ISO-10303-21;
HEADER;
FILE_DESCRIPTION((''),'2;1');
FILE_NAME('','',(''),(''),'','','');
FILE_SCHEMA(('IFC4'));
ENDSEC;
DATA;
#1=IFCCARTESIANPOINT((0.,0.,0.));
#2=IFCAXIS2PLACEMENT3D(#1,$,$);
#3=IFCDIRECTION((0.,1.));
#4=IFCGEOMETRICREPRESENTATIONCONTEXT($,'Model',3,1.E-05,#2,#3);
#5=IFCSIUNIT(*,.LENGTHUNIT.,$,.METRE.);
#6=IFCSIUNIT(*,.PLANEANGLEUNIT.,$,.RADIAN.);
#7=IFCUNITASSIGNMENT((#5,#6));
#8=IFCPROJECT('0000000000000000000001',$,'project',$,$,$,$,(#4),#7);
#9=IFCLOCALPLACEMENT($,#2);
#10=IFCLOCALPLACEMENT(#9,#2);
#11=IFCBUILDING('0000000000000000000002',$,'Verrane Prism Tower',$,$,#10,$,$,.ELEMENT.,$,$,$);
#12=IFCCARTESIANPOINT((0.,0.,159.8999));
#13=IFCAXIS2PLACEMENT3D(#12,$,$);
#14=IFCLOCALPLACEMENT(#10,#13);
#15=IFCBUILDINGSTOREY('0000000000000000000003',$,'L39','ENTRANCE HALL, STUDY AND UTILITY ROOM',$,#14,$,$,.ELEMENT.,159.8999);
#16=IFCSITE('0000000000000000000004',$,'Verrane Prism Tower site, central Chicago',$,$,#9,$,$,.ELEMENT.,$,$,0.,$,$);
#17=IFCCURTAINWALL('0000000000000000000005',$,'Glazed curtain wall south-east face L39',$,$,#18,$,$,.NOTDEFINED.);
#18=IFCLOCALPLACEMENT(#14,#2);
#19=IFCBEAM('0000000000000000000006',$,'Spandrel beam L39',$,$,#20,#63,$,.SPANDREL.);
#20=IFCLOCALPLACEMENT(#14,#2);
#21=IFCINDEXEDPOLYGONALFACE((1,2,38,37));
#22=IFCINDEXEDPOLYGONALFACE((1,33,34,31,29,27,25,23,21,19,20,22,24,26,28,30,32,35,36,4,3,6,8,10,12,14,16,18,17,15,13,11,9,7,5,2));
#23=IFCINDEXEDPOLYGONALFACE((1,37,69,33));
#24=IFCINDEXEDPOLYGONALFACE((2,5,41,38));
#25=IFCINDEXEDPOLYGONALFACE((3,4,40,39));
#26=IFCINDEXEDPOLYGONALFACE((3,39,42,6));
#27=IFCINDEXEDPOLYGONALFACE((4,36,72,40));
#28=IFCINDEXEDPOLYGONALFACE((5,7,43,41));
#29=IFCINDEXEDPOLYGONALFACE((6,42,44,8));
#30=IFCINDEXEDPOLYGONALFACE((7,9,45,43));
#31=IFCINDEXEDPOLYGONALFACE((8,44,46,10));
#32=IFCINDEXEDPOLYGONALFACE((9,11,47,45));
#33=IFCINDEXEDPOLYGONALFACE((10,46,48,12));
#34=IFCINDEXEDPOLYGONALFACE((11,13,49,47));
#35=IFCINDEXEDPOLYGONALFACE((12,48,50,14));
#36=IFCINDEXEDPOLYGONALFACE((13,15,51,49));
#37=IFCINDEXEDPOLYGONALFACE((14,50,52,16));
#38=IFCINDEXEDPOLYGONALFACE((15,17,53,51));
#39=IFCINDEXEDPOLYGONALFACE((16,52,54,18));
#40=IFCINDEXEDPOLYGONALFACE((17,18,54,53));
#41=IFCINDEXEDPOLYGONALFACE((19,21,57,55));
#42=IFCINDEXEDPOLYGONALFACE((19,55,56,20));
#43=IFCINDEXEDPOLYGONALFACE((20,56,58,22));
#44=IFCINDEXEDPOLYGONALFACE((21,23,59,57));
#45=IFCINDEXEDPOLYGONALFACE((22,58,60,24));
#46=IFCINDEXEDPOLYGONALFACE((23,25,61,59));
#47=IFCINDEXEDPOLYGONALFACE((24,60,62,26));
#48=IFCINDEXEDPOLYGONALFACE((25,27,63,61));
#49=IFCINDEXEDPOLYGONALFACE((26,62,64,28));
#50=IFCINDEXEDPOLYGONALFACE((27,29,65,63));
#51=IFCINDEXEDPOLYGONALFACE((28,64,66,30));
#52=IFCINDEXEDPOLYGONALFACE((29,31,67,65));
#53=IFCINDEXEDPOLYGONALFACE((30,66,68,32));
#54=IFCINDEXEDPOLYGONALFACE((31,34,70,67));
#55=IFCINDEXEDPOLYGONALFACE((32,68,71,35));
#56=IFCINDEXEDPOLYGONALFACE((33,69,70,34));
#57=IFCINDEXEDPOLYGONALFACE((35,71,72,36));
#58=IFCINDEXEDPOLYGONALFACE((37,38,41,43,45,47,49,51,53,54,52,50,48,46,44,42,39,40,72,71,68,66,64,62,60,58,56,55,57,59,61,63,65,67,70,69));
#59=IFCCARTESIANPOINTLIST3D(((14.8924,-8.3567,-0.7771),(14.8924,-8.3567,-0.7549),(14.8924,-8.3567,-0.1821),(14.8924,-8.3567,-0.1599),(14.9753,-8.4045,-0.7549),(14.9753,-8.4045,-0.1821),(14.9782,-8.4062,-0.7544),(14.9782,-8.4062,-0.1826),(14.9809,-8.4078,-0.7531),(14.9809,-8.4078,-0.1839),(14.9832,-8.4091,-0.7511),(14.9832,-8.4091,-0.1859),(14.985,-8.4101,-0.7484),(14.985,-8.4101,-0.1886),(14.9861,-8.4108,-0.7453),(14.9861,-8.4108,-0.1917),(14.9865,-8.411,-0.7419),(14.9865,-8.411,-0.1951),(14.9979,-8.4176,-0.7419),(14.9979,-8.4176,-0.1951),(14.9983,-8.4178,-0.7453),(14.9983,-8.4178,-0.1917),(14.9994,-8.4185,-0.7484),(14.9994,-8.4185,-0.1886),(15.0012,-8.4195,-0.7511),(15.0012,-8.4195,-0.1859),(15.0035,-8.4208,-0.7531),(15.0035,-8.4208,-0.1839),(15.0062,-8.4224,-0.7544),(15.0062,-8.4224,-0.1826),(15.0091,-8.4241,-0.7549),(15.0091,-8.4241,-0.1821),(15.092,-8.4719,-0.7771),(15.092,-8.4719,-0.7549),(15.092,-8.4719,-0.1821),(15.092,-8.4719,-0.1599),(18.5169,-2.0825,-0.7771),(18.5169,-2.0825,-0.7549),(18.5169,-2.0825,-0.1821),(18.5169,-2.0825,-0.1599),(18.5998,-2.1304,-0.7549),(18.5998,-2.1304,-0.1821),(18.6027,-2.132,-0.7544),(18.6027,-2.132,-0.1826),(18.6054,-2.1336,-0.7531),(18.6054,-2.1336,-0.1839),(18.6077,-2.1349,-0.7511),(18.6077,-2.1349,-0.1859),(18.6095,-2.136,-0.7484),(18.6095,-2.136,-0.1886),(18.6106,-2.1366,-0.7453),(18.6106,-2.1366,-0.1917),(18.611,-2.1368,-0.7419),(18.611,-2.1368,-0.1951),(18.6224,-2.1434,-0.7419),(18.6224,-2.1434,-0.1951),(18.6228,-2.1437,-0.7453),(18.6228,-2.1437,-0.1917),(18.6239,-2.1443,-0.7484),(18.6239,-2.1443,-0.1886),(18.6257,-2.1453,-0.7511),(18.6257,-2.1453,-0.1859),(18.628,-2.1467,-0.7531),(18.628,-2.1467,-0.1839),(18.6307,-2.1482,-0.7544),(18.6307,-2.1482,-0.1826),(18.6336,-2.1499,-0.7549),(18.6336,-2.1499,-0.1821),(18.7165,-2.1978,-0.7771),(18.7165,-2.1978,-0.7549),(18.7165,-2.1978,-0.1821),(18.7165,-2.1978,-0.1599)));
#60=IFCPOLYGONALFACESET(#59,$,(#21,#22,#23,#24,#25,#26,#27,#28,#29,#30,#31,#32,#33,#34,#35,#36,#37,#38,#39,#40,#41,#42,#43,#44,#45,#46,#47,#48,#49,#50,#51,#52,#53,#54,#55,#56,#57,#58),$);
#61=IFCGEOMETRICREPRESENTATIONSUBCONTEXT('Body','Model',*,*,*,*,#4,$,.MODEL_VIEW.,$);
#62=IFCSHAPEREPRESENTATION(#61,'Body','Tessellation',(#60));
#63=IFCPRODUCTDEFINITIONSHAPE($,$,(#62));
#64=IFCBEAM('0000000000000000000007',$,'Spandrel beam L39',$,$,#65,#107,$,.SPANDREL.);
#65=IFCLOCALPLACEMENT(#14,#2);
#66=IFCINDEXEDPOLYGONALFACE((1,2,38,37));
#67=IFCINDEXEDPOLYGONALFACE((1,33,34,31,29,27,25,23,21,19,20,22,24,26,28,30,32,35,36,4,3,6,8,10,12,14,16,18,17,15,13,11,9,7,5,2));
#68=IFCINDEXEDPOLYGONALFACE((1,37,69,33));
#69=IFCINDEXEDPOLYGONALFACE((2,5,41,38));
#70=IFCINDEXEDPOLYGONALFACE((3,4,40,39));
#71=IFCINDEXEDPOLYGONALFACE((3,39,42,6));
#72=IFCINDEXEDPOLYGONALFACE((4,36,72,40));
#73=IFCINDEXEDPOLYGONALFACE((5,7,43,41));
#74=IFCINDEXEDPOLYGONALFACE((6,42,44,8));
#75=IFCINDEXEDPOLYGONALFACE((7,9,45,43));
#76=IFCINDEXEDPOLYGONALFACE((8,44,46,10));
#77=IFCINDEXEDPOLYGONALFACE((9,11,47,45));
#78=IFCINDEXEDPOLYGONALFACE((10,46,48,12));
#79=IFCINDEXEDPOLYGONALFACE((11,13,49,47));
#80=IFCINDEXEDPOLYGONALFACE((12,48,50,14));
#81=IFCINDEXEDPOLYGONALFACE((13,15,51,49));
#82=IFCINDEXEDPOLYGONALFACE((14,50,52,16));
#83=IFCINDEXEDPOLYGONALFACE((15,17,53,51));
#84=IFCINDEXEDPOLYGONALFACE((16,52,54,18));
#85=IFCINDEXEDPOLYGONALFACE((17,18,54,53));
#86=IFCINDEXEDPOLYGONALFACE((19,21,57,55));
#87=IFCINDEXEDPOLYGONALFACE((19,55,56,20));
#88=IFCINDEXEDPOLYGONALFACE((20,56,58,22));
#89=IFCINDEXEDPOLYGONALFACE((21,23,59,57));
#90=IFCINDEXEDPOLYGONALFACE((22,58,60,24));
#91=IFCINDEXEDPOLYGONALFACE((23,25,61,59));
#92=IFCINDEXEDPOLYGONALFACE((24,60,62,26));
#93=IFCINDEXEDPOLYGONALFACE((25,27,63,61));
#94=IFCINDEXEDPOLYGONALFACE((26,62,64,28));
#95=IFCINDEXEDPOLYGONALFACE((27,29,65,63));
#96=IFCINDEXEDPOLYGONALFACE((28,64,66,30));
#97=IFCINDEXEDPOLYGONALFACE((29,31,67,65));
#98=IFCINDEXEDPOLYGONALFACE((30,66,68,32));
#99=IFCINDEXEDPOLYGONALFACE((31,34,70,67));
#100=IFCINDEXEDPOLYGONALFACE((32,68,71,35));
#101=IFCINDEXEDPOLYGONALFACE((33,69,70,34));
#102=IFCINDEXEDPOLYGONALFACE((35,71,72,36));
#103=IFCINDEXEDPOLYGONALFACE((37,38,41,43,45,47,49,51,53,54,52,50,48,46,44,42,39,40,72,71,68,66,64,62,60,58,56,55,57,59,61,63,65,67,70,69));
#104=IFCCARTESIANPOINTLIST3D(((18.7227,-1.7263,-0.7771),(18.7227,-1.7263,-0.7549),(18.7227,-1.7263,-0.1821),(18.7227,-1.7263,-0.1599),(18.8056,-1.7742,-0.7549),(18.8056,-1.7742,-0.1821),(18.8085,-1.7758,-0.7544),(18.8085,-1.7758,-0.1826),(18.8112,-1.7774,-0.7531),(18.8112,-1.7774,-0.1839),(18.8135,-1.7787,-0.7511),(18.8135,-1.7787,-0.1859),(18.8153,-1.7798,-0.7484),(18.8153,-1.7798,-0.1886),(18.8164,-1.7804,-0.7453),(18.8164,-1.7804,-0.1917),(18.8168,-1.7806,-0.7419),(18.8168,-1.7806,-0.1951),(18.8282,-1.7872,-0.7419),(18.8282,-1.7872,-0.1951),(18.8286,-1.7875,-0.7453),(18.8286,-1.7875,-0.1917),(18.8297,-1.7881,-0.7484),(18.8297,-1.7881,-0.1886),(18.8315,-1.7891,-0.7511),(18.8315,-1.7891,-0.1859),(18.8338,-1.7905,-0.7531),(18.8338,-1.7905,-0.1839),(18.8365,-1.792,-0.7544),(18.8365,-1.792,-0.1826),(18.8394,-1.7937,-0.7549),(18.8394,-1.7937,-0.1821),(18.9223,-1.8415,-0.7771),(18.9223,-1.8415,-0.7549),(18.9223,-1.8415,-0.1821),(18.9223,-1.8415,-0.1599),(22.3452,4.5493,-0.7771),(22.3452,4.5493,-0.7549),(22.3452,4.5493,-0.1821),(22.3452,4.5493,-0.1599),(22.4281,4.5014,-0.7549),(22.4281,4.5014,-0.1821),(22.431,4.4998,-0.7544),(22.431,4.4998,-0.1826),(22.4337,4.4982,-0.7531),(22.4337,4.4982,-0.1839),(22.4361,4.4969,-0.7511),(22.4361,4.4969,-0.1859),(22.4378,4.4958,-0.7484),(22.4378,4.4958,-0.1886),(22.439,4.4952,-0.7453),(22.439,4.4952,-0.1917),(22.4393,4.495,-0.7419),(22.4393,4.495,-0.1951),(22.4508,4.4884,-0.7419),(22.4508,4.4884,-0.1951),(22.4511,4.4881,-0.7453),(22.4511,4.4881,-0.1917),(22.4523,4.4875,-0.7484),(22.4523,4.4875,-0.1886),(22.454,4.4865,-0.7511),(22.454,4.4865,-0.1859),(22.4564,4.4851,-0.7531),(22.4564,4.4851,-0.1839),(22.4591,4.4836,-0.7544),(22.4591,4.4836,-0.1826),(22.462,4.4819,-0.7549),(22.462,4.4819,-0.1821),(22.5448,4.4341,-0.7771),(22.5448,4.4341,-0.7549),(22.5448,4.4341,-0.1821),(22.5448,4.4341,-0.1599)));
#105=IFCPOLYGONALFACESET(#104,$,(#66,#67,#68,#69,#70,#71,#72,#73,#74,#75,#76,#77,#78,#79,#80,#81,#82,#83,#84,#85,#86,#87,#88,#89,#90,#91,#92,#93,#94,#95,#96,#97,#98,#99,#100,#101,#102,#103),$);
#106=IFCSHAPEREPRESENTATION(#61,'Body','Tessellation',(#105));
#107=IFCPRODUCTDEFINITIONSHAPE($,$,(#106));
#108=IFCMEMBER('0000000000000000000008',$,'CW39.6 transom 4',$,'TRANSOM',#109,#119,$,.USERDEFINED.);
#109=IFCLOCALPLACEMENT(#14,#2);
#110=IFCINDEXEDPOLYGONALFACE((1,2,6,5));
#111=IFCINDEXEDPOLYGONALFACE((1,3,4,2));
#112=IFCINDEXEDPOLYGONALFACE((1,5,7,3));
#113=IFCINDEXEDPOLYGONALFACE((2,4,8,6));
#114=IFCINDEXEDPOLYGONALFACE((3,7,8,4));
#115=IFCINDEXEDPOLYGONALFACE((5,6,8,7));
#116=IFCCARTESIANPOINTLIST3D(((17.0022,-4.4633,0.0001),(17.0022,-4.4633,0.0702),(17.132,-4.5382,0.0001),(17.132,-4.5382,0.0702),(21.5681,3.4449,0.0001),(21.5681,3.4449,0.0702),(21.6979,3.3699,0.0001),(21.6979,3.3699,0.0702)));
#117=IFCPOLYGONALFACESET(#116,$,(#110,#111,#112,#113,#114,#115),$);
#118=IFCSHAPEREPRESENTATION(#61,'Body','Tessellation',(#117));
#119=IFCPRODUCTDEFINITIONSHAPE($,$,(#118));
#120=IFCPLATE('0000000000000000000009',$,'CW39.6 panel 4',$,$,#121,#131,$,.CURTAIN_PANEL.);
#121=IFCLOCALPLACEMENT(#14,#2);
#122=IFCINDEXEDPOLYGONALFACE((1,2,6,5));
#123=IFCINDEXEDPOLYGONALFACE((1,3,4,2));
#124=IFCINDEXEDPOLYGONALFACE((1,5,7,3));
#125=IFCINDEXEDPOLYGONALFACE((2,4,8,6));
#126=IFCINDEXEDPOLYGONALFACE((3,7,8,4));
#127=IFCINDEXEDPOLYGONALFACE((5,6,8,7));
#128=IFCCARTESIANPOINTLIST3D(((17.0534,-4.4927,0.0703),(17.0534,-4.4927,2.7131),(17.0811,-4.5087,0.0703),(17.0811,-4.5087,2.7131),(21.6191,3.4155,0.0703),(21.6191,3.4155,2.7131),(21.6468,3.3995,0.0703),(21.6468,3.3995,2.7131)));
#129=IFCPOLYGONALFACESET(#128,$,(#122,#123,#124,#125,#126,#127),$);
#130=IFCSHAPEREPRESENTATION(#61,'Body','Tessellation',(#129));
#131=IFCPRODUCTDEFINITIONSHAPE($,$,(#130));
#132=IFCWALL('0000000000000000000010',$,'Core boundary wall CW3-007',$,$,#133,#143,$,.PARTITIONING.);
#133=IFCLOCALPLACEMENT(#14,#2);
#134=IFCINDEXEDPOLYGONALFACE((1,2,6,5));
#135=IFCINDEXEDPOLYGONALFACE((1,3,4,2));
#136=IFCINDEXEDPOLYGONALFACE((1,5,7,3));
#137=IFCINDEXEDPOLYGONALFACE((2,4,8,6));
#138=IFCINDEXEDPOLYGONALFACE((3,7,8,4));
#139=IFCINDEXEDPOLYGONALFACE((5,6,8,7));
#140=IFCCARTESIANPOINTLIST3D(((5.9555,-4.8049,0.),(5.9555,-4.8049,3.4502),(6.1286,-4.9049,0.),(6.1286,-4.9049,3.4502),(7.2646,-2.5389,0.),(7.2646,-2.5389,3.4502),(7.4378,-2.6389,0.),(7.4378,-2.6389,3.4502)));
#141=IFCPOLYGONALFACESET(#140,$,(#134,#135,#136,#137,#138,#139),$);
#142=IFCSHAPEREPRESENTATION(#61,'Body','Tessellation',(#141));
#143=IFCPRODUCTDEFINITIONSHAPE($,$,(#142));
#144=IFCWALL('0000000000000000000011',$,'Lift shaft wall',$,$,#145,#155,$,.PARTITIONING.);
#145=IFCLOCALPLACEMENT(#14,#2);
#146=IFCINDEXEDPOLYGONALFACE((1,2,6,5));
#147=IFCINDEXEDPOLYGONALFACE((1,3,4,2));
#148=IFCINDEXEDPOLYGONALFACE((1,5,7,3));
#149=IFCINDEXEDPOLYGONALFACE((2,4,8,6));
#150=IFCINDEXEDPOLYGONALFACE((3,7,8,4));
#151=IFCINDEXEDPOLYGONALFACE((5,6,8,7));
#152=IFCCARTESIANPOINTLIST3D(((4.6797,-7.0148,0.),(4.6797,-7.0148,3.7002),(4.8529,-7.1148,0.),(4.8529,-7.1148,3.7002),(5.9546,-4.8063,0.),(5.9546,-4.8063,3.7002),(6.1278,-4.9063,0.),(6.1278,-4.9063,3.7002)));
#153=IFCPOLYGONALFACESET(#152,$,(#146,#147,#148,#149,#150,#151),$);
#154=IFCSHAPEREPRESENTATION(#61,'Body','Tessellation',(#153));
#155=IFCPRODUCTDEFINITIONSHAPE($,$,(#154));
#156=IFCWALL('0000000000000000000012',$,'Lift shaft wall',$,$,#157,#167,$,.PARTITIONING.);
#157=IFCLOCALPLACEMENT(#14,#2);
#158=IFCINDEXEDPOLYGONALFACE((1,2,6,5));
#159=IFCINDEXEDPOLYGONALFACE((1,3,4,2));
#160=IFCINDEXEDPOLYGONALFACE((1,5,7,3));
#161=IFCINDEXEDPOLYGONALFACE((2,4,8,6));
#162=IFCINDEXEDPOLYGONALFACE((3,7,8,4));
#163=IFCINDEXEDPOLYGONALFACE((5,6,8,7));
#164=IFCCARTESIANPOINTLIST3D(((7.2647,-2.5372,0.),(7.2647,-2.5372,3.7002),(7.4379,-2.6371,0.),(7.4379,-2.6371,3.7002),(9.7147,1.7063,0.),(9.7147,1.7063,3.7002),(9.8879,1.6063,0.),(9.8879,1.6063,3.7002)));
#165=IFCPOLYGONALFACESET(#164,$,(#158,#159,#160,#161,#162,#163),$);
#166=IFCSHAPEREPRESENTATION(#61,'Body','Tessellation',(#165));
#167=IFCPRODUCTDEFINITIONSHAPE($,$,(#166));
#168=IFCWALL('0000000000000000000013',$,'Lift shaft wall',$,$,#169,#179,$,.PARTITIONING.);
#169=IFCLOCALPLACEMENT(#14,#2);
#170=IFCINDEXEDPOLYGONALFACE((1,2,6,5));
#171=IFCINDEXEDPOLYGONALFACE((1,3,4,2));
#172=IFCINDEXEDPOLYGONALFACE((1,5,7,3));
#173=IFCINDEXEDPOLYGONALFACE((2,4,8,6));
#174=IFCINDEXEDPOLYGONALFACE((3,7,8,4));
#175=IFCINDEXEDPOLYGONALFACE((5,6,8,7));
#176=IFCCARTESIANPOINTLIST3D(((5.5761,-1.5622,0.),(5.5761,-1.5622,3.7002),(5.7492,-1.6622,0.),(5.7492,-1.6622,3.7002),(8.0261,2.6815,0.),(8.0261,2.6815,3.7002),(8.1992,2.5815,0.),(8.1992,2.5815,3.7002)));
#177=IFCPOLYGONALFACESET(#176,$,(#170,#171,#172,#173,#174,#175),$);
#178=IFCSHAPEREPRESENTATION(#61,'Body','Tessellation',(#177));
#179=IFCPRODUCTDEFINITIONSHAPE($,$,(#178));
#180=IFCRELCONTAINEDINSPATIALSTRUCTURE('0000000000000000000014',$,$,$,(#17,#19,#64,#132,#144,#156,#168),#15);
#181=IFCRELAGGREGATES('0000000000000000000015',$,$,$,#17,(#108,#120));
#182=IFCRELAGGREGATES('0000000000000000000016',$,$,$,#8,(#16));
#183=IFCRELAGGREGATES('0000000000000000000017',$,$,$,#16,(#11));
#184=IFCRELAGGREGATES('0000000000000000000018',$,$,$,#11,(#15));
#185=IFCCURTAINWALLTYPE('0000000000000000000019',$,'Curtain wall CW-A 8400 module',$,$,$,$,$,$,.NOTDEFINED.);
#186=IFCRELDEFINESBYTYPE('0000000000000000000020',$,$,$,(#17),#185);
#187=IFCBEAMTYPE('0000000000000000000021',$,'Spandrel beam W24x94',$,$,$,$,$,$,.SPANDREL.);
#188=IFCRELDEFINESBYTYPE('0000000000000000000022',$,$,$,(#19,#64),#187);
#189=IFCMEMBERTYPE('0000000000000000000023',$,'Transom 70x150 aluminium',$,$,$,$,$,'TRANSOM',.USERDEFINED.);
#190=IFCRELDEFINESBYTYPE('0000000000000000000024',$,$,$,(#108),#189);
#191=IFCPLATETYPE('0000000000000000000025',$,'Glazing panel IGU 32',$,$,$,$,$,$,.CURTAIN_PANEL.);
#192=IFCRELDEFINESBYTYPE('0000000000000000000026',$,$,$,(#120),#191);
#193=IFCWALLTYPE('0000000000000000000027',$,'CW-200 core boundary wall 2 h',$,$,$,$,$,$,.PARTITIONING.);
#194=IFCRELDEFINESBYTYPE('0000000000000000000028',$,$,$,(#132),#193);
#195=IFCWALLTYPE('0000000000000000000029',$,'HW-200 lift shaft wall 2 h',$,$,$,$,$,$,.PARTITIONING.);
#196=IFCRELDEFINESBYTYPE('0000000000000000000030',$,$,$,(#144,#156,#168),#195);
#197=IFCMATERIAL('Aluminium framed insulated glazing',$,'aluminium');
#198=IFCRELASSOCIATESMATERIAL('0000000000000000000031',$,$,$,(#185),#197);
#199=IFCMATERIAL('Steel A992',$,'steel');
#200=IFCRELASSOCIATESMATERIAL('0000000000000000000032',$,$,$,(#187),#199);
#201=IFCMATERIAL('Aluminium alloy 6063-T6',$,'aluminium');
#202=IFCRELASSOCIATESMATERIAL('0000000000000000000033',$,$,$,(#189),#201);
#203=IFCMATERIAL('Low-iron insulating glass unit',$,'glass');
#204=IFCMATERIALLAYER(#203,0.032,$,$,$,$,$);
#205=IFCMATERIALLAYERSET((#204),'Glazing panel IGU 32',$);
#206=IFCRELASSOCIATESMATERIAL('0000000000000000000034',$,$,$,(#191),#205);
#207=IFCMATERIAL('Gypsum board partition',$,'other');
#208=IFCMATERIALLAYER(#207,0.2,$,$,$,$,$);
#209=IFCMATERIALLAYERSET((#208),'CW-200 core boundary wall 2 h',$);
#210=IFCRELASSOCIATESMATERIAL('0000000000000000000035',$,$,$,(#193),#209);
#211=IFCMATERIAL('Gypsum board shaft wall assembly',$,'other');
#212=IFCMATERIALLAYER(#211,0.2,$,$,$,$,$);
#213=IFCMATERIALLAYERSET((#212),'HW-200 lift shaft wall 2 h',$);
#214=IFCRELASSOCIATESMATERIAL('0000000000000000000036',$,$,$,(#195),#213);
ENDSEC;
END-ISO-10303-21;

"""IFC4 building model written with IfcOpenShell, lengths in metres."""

from ifc_helpers import new_model, si_unit, direction, frame, frame_2d, origin, origin_2d, place, context, subcontext, project, spatial, rectangle, i_section, extrude, material, layer, layer_set, material_profile, profile_set, type_object, element, aggregate, save


model = new_model("IFC4")

# Units and contexts
model_context = context("Model", 3, precision=1e-05, world=origin(), true_north=direction((0.0, 1.0)))
body_context = subcontext(model_context, "Body", "Model", "MODEL_VIEW")
ifc_project = project(units=[si_unit("LENGTHUNIT", "METRE"), si_unit("PLANEANGLEUNIT", "RADIAN")], contexts=[model_context])

# Site, building, storey
site_placement = place(None, origin())
site = spatial("IfcSite", under=ifc_project, at=site_placement, Name="Verrane Prism Tower site, central Chicago", CompositionType="ELEMENT", RefElevation=0.0)
building_placement = place(site_placement, origin())
building = spatial("IfcBuilding", under=site, at=building_placement, Name="Verrane Prism Tower", CompositionType="ELEMENT")
storey_placement = place(building_placement, frame((0.0, 0.0, 159.8999)))
storey = spatial("IfcBuildingStorey", under=building, at=storey_placement, Name="L39", Description="ENTRANCE HALL, STUDY AND UTILITY ROOM", CompositionType="ELEMENT", Elevation=159.8999)

# Curtain wall
ifc_material_1 = material(Name="Aluminium framed insulated glazing", Category="aluminium")
curtain_wall_type = type_object("IfcCurtainWallType", Name="Curtain wall CW-A 8400 module", PredefinedType="NOTDEFINED", material=ifc_material_1)
curtain_wall_placement = place(storey_placement, origin())
curtain_wall = element("IfcCurtainWall", 1, at=curtain_wall_placement, inside=storey, type_object=curtain_wall_type, Name="Glazed curtain wall south-east face L39", PredefinedType="NOTDEFINED")

# Beams
ifc_material_2 = material(Name="Steel A992", Category="steel")
ifc_material_profile_1 = material_profile(ifc_material_2, i_section(OverallWidth=0.2305, OverallDepth=0.6172, WebThickness=0.0132, FlangeThickness=0.0222, FilletRadius=0.0129, at=origin_2d()), Name="W24x94")
ifc_profile_set_1 = profile_set([ifc_material_profile_1], Name="Steel A992")
beam_type_1 = type_object("IfcBeamType", Name="Spandrel beam W24x94", PredefinedType="SPANDREL", material=ifc_profile_set_1)
beam_1_placement = place(storey_placement, frame((14.9922, -8.4143, -0.4685), z_axis=(0.500219, 0.865899, 0.0), x_axis=(-0.865899, 0.500219, 0.0)))
element("IfcBeam", 2, at=beam_1_placement, inside=storey, type_object=beam_type_1, Name="Spandrel beam L39", PredefinedType="SPANDREL", context=body_context, shape_type="SweptSolid", body=[
    extrude(i_section(OverallWidth=0.2305, OverallDepth=0.6172, WebThickness=0.0132, FlangeThickness=0.0222, FilletRadius=0.0129, at=origin_2d()), origin(), (0.0, 0.0, 1.0), 7.2458),
])
beam_2_placement = place(storey_placement, frame((18.8225, -1.7839, -0.4685), z_axis=(0.49993, 0.866066, 0.0), x_axis=(-0.866066, 0.49993, 0.0)))
element("IfcBeam", 3, at=beam_2_placement, inside=storey, type_object=beam_type_1, Name="Spandrel beam L39", PredefinedType="SPANDREL", context=body_context, shape_type="SweptSolid", body=[
    extrude(i_section(OverallWidth=0.2305, OverallDepth=0.6172, WebThickness=0.0132, FlangeThickness=0.0222, FilletRadius=0.0129, at=origin_2d()), origin(), (0.0, 0.0, 1.0), 7.2461),
])

# Member
ifc_material_3 = material(Name="Aluminium alloy 6063-T6", Category="aluminium")
ifc_material_profile_2 = material_profile(ifc_material_3, rectangle(XDim=0.1499, YDim=0.0701, at=origin_2d()), Name="Transom 70x150 aluminium")
ifc_profile_set_2 = profile_set([ifc_material_profile_2], Name="Aluminium alloy 6063-T6")
member_type_1 = type_object("IfcMemberType", Name="Transom 70x150 aluminium", ElementType="TRANSOM", PredefinedType="USERDEFINED", material=ifc_profile_set_2)
member_1_placement = place(storey_placement, frame((17.0671, -4.5007, 0.0352), z_axis=(0.500009, 0.86602, 0.0), x_axis=(-0.86602, 0.500009, 0.0)))
member_1 = element("IfcMember", 4, at=member_1_placement, type_object=member_type_1, Name="CW39.6 transom 4", ObjectType="TRANSOM", PredefinedType="USERDEFINED", context=body_context, shape_type="SweptSolid", body=[
    extrude(rectangle(XDim=0.1499, YDim=0.0701, at=origin_2d()), origin(), (0.0, 0.0, 1.0), 9.1316),
])

# Plate
ifc_material_4 = material(Name="Low-iron insulating glass unit", Category="glass")
ifc_layer_1 = layer(ifc_material_4, 0.032)
ifc_layer_set_1 = layer_set([ifc_layer_1], Name="Glazing panel IGU 32")
plate_type = type_object("IfcPlateType", Name="Glazing panel IGU 32", PredefinedType="CURTAIN_PANEL", material=ifc_layer_set_1)
plate_placement = place(storey_placement, frame((19.3501, -0.5466, 0.0703), z_axis=(0.0, 0.0, 1.0), x_axis=(0.499999, 0.866026, 0.0)))
plate = element("IfcPlate", 5, at=plate_placement, type_object=plate_type, Name="CW39.6 panel 4", PredefinedType="CURTAIN_PANEL", context=body_context, shape_type="SweptSolid", body=[
    extrude(rectangle(XDim=9.1316, YDim=0.032, at=origin_2d()), origin(), (0.0, 0.0, 1.0), 2.6428),
])
aggregate(curtain_wall, [member_1, plate])

# Walls
ifc_material_5 = material(Name="Gypsum board partition", Category="other")
ifc_layer_2 = layer(ifc_material_5, 0.2)
ifc_layer_set_2 = layer_set([ifc_layer_2], Name="CW-200 core boundary wall 2 h")
wall_type_1 = type_object("IfcWallType", Name="CW-200 core boundary wall 2 h", PredefinedType="PARTITIONING", material=ifc_layer_set_2)
wall_1_placement = place(storey_placement, frame((6.042, -4.855, 0.0), z_axis=(0.0, 0.0, 1.0), x_axis=(0.500253, 0.865879, 0.0)))
element("IfcWall", 6, at=wall_1_placement, inside=storey, type_object=wall_type_1, Name="Core boundary wall CW3-007", PredefinedType="PARTITIONING", context=body_context, shape_type="SweptSolid", body=[
    extrude(rectangle(XDim=2.6169, YDim=0.2, at=frame_2d((1.3086, 0.0))), origin(), (0.0, 0.0, 1.0), 3.4502),
])
ifc_material_6 = material(Name="Gypsum board shaft wall assembly", Category="other")
ifc_layer_3 = layer(ifc_material_6, 0.2)
ifc_layer_set_3 = layer_set([ifc_layer_3], Name="HW-200 lift shaft wall 2 h")
wall_type_2 = type_object("IfcWallType", Name="HW-200 lift shaft wall 2 h", PredefinedType="PARTITIONING", material=ifc_layer_set_3)
wall_2_placement = place(storey_placement, frame((4.7664, -7.0647, 0.0), z_axis=(0.0, 0.0, 1.0), x_axis=(0.499949, 0.866055, 0.0)))
element("IfcWall", 7, at=wall_2_placement, inside=storey, type_object=wall_type_2, Name="Lift shaft wall", PredefinedType="PARTITIONING", context=body_context, shape_type="SweptSolid", body=[
    extrude(rectangle(XDim=2.55, YDim=0.2, at=frame_2d((1.2749, 0.0))), origin(), (0.0, 0.0, 1.0), 3.7002),
])
wall_3_placement = place(storey_placement, frame((7.3513, -2.5872, 0.0), z_axis=(0.0, 0.0, 1.0), x_axis=(0.500003, 0.866024, 0.0)))
element("IfcWall", 8, at=wall_3_placement, inside=storey, type_object=wall_type_2, Name="Lift shaft wall", PredefinedType="PARTITIONING", context=body_context, shape_type="SweptSolid", body=[
    extrude(rectangle(XDim=4.8999, YDim=0.2, at=frame_2d((2.45, 0.0))), origin(), (0.0, 0.0, 1.0), 3.7002),
])
wall_4_placement = place(storey_placement, frame((5.6626, -1.6123, 0.0), z_axis=(0.0, 0.0, 1.0), x_axis=(0.499981, 0.866036, 0.0)))
element("IfcWall", 9, at=wall_4_placement, inside=storey, type_object=wall_type_2, Name="Lift shaft wall", PredefinedType="PARTITIONING", context=body_context, shape_type="SweptSolid", body=[
    extrude(rectangle(XDim=4.9001, YDim=0.2, at=frame_2d((2.4502, 0.0))), origin(), (0.0, 0.0, 1.0), 3.7002),
])

save(model, "model.ifc")
